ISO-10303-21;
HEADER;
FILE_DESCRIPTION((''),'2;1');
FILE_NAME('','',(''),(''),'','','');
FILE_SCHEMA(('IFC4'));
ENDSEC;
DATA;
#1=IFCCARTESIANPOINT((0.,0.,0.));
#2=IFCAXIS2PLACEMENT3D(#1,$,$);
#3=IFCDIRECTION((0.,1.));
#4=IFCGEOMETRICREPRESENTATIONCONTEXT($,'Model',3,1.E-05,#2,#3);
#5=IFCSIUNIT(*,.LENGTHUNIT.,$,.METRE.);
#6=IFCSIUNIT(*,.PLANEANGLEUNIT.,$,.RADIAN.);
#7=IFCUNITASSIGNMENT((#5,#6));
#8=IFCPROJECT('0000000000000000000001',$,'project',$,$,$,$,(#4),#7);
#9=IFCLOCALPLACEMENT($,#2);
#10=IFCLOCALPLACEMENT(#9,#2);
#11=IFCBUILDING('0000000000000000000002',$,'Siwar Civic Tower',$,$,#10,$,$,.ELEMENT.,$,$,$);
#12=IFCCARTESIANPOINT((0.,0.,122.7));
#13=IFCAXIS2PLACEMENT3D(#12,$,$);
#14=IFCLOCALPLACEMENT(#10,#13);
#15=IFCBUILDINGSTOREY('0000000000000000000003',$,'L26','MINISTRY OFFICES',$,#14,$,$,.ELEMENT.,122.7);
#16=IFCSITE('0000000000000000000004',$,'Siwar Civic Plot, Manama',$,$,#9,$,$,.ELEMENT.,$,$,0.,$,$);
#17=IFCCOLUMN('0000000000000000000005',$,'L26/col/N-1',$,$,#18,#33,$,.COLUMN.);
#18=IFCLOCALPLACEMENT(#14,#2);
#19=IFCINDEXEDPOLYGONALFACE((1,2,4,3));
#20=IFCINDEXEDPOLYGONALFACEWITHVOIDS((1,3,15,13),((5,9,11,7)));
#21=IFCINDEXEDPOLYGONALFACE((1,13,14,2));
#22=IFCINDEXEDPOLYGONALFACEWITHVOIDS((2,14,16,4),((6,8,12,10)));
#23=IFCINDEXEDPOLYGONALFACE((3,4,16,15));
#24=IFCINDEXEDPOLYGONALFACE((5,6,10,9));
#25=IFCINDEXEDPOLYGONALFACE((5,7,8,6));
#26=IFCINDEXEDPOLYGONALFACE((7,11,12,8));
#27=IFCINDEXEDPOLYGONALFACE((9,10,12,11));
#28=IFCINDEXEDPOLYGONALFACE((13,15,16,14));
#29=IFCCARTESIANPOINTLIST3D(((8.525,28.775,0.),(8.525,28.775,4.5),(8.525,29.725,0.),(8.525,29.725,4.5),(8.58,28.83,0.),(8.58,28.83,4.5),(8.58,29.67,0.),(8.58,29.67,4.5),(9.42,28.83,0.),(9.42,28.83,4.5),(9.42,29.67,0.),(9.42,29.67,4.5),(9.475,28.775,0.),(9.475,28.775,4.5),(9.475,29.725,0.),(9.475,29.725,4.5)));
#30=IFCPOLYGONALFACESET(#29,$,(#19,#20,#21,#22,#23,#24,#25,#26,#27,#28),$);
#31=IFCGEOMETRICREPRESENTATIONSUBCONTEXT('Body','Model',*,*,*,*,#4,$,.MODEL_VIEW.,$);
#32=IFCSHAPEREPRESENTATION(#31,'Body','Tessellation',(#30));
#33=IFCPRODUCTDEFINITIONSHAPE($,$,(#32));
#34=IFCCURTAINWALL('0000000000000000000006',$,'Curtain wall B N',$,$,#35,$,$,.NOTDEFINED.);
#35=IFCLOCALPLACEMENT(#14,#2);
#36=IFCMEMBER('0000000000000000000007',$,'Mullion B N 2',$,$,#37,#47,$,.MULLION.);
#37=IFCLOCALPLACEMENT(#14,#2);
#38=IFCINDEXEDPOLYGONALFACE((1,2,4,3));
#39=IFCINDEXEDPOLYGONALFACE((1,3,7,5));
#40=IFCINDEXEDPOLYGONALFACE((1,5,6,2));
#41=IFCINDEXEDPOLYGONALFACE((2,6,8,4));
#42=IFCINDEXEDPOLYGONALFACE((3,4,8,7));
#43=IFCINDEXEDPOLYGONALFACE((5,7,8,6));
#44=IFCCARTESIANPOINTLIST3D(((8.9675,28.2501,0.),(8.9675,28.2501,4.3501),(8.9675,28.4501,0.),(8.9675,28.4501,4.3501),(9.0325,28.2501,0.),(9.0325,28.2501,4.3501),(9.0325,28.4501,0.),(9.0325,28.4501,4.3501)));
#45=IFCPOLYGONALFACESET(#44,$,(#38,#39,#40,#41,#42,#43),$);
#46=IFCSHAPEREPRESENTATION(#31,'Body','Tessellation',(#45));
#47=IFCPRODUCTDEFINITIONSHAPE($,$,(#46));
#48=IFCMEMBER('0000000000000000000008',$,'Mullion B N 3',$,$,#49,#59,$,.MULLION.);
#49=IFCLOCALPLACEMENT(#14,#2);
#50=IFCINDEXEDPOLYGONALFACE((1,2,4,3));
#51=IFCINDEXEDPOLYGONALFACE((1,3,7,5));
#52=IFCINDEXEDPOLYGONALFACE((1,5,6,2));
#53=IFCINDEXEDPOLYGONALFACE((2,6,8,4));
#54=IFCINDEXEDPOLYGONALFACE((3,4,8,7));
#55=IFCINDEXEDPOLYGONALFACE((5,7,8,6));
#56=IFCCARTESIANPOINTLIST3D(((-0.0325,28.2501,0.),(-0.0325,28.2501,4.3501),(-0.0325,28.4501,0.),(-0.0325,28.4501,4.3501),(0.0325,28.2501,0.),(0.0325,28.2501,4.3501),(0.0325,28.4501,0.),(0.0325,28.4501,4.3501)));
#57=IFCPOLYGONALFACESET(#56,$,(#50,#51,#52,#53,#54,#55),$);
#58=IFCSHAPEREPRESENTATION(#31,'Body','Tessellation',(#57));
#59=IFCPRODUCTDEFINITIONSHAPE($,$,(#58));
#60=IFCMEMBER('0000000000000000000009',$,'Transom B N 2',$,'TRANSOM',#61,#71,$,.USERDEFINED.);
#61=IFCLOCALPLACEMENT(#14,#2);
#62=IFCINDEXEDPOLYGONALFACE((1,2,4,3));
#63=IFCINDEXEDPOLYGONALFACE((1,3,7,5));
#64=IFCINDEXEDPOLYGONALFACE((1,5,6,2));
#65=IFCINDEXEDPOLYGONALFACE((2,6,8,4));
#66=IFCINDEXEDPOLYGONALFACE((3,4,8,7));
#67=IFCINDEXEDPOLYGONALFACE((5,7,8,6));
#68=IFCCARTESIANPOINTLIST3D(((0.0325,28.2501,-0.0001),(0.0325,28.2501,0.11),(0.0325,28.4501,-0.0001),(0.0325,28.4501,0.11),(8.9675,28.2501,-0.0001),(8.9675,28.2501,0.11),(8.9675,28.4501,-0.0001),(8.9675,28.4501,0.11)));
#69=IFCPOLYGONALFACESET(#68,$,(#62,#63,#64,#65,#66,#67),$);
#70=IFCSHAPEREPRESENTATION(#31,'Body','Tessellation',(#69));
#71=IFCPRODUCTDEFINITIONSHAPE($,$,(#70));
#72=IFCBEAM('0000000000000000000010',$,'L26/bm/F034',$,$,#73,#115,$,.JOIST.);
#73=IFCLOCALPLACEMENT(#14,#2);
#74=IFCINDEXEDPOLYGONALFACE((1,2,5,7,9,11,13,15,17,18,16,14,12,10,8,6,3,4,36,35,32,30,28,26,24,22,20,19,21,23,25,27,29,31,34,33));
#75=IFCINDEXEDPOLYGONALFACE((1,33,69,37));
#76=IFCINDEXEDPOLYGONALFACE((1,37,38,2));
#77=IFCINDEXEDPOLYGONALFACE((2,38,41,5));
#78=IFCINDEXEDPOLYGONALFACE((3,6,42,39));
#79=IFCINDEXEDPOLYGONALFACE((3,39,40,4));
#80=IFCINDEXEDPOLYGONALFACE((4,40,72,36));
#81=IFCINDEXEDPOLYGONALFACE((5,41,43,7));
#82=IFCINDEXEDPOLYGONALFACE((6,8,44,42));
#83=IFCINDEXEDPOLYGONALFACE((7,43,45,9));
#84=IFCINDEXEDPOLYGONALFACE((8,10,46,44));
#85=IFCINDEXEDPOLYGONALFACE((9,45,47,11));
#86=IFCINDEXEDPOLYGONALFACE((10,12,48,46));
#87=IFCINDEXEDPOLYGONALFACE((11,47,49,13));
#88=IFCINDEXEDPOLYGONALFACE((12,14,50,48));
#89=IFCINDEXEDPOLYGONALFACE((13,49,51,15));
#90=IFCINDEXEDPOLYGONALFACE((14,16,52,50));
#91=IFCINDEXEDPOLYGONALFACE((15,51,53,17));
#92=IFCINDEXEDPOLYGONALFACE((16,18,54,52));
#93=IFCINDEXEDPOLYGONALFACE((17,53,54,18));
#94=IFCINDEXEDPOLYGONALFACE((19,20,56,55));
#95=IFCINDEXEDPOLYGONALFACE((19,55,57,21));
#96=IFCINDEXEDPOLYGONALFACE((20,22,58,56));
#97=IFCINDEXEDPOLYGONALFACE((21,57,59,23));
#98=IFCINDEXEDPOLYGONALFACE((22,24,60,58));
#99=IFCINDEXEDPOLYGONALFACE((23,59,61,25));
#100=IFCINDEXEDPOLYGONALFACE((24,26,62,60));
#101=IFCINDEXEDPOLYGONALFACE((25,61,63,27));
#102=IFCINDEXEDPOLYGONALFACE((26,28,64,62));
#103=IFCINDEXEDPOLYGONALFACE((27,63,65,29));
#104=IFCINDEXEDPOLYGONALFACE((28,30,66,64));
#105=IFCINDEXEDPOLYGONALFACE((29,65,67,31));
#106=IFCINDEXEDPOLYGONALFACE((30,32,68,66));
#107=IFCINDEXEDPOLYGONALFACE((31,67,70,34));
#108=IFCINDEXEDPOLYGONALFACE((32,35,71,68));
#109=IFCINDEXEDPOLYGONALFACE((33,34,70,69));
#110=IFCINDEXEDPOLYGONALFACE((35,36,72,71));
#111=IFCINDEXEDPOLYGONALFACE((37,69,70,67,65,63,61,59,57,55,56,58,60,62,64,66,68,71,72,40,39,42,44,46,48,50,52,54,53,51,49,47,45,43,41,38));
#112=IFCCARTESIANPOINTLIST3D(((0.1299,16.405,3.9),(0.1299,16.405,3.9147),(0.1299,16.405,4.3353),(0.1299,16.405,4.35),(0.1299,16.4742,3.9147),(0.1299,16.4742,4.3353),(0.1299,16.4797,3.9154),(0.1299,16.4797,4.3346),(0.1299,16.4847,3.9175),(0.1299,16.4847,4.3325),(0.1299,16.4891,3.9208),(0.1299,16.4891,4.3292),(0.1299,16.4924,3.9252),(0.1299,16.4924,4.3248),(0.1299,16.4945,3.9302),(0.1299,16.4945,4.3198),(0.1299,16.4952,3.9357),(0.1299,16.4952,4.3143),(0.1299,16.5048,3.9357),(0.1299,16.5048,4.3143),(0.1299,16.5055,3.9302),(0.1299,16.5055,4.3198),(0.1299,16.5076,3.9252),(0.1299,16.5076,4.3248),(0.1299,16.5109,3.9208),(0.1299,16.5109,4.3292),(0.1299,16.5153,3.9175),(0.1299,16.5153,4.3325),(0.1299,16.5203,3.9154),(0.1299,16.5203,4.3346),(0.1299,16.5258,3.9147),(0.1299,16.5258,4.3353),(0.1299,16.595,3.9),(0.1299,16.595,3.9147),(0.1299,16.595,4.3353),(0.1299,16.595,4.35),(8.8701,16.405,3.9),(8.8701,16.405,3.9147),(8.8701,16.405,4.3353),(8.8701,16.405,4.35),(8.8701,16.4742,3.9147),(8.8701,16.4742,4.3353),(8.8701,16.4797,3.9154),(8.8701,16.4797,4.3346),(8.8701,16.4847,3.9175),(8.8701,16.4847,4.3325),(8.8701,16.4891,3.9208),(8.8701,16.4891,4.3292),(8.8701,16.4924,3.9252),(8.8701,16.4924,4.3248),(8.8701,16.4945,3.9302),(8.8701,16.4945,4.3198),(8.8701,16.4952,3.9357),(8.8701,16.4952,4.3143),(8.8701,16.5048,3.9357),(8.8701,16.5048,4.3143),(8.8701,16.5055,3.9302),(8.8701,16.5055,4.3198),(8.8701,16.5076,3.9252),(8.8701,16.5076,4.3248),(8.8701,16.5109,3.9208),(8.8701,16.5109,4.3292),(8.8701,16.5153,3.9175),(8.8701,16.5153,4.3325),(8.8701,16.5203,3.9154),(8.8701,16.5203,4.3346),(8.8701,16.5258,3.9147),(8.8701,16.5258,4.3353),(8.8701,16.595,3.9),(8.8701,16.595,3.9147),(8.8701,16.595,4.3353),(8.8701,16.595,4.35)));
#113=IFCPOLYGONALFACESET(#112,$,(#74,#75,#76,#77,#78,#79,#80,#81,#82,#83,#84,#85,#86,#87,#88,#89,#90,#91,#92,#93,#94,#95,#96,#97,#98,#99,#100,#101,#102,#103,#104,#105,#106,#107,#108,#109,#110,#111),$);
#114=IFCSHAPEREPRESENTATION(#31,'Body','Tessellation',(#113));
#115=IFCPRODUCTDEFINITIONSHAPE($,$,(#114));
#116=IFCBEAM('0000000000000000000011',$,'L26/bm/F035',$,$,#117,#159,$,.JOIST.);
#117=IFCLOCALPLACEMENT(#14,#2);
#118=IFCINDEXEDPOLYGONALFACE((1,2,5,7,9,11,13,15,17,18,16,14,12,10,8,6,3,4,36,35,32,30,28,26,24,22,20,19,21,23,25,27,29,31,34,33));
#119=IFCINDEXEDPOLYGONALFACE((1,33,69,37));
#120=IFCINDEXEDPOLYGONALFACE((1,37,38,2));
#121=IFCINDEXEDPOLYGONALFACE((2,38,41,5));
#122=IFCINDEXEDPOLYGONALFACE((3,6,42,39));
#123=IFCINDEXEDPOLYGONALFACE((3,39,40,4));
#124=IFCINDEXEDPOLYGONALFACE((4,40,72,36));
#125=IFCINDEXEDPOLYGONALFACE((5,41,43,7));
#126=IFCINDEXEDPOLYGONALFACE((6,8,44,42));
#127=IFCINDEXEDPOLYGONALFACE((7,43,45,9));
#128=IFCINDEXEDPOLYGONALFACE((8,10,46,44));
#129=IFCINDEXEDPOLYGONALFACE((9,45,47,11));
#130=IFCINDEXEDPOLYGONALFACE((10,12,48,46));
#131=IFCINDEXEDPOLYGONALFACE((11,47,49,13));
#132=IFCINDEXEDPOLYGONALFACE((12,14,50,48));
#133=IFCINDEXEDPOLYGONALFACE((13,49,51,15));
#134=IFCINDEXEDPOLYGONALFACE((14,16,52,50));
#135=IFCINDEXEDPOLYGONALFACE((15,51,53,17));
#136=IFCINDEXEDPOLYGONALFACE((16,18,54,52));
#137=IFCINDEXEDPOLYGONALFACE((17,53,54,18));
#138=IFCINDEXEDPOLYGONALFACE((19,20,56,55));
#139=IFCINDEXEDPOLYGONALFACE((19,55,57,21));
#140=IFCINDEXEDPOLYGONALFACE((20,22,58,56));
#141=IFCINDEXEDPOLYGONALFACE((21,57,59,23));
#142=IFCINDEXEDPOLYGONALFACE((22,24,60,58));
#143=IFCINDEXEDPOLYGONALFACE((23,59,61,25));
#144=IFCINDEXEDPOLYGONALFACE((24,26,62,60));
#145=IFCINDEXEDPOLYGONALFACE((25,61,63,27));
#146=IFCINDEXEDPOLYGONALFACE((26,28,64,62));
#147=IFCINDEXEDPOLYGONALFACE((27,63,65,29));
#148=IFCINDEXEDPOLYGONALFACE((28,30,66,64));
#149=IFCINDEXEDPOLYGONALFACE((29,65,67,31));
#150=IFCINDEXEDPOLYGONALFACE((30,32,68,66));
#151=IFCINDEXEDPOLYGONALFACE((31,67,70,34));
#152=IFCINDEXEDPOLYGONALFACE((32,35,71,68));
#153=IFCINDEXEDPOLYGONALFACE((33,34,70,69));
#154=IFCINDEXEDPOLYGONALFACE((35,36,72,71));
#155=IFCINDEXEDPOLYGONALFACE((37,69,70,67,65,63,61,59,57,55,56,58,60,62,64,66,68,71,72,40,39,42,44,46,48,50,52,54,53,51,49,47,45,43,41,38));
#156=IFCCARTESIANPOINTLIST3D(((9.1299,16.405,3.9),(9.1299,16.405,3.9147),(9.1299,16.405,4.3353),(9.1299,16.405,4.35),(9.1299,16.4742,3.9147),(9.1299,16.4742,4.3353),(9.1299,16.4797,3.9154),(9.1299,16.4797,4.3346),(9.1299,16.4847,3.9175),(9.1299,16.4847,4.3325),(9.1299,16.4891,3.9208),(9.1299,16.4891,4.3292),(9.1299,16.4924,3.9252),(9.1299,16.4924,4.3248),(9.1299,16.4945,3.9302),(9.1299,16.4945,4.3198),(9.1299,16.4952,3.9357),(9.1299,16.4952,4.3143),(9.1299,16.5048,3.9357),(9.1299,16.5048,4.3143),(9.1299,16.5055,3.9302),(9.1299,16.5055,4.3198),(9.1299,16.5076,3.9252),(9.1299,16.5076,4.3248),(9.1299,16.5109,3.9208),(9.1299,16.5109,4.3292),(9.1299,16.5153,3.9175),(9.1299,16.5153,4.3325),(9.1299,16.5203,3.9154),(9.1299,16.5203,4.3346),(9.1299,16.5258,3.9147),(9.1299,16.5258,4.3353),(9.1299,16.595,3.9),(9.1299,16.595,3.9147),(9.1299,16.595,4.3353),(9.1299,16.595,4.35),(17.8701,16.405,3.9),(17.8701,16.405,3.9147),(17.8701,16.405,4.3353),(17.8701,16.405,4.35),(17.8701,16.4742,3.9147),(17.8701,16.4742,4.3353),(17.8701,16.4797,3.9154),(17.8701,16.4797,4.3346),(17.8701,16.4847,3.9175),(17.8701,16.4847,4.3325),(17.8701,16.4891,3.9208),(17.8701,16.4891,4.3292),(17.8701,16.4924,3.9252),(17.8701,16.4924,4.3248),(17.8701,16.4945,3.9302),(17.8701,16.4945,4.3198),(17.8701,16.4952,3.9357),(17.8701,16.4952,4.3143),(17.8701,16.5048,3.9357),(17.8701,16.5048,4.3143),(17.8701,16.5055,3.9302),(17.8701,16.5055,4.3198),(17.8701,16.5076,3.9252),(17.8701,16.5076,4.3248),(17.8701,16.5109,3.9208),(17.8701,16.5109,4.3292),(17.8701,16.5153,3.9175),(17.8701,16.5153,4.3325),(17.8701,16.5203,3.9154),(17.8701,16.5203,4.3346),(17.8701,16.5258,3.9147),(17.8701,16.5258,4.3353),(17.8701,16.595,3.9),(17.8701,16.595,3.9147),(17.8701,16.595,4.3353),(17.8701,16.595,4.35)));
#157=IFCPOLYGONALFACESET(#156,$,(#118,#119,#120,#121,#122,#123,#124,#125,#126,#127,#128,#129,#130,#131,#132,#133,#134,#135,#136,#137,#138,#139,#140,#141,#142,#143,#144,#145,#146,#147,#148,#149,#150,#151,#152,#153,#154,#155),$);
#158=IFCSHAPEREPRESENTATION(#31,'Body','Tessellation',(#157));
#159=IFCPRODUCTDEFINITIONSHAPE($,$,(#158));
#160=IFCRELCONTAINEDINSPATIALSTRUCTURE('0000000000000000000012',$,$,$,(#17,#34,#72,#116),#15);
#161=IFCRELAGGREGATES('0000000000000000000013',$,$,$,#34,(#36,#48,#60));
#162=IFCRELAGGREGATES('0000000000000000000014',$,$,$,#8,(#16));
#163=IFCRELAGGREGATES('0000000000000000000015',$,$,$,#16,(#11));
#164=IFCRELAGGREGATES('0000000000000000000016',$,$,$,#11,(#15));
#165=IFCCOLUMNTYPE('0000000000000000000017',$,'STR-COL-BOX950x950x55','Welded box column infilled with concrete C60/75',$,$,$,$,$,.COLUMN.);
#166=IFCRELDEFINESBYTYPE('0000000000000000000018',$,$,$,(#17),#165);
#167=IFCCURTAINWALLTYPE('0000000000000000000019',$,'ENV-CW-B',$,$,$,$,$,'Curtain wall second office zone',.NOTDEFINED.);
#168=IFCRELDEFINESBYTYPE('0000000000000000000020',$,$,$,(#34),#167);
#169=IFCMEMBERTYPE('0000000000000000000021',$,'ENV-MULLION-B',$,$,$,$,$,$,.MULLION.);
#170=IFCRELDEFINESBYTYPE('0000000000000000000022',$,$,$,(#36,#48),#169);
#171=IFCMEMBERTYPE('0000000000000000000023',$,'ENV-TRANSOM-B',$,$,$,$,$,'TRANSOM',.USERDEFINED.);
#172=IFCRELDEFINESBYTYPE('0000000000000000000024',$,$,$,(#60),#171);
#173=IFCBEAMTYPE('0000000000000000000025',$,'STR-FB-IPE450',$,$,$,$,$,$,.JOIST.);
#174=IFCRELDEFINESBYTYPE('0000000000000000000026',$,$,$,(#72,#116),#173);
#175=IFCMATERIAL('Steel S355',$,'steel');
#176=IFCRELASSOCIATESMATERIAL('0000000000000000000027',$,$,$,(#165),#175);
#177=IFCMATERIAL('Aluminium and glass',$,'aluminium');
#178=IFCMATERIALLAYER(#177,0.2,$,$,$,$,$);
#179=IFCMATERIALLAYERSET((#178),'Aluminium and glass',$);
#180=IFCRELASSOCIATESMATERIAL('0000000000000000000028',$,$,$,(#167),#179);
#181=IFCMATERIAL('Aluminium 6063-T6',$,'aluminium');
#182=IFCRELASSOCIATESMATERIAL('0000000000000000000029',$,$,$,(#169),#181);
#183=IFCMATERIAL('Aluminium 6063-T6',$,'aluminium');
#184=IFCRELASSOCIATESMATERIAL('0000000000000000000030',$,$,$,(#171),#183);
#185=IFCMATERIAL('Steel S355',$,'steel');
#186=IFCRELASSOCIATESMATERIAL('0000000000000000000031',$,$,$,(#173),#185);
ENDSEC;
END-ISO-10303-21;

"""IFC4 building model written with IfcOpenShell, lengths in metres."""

from ifc_helpers import new_model, si_unit, direction, frame, origin, origin_2d, place, context, subcontext, project, spatial, rectangle, hollow_rectangle, i_section, extrude, material, layer, layer_set, material_profile, profile_set, type_object, element, aggregate, save


model = new_model("IFC4")

# Units and contexts
model_context = context("Model", 3, precision=1e-05, world=origin(), true_north=direction((0.0, 1.0)))
body_context = subcontext(model_context, "Body", "Model", "MODEL_VIEW")
ifc_project = project(units=[si_unit("LENGTHUNIT", "METRE"), si_unit("PLANEANGLEUNIT", "RADIAN")], contexts=[model_context])

# Site, building, storey
site_placement = place(None, origin())
site = spatial("IfcSite", under=ifc_project, at=site_placement, Name="Siwar Civic Plot, Manama", CompositionType="ELEMENT", RefElevation=0.0)
building_placement = place(site_placement, origin())
building = spatial("IfcBuilding", under=site, at=building_placement, Name="Siwar Civic Tower", CompositionType="ELEMENT")
storey_placement = place(building_placement, frame((0.0, 0.0, 122.7)))
storey = spatial("IfcBuildingStorey", under=building, at=storey_placement, Name="L26", Description="MINISTRY OFFICES", CompositionType="ELEMENT", Elevation=122.7)

# Column
ifc_material_1 = material(Name="Steel S355", Category="steel")
ifc_material_profile_1 = material_profile(ifc_material_1, hollow_rectangle(XDim=0.95, YDim=0.95, WallThickness=0.0549, at=origin_2d()), Name="BOX950x950x55")
ifc_profile_set_1 = profile_set([ifc_material_profile_1], Name="Steel S355")
column_type = type_object("IfcColumnType", Name="STR-COL-BOX950x950x55", Description="Welded box column infilled with concrete C60/75", PredefinedType="COLUMN", material=ifc_profile_set_1)
column_placement = place(storey_placement, frame((9.0, 29.25, 0.0), z_axis=(0.0, 0.0, 1.0), x_axis=(1.0, 0.0, 0.0)))
element("IfcColumn", 1, at=column_placement, inside=storey, type_object=column_type, Name="L26/col/N-1", PredefinedType="COLUMN", context=body_context, shape_type="SweptSolid", body=[
    extrude(hollow_rectangle(XDim=0.95, YDim=0.95, WallThickness=0.0549, at=origin_2d()), origin(), (0.0, 0.0, 1.0), 4.5),
])

# Curtain wall, members
ifc_material_2 = material(Name="Aluminium and glass", Category="aluminium")
ifc_layer_1 = layer(ifc_material_2, 0.2)
ifc_layer_set_1 = layer_set([ifc_layer_1], Name="Aluminium and glass")
curtain_wall_type = type_object("IfcCurtainWallType", Name="ENV-CW-B", ElementType="Curtain wall second office zone", PredefinedType="NOTDEFINED", material=ifc_layer_set_1)
curtain_wall_placement = place(storey_placement, origin())
curtain_wall = element("IfcCurtainWall", 2, at=curtain_wall_placement, inside=storey, type_object=curtain_wall_type, Name="Curtain wall B N", PredefinedType="NOTDEFINED")
ifc_material_3 = material(Name="Aluminium 6063-T6", Category="aluminium")
ifc_material_profile_2 = material_profile(ifc_material_3, rectangle(XDim=0.2, YDim=0.0649, at=origin_2d()), Name="AL 200x65")
ifc_profile_set_2 = profile_set([ifc_material_profile_2], Name="Aluminium 6063-T6")
member_type_1 = type_object("IfcMemberType", Name="ENV-MULLION-B", PredefinedType="MULLION", material=ifc_profile_set_2)
member_1_placement = place(storey_placement, frame((9.0, 28.3501, 0.0), z_axis=(0.0, 0.0, 1.0), x_axis=(0.0, -1.0, 0.0)))
member_1 = element("IfcMember", 3, at=member_1_placement, type_object=member_type_1, Name="Mullion B N 2", PredefinedType="MULLION", context=body_context, shape_type="SweptSolid", body=[
    extrude(rectangle(XDim=0.2, YDim=0.0649, at=origin_2d()), origin(), (0.0, 0.0, 1.0), 4.3501),
])
member_2_placement = place(storey_placement, frame((0.0, 28.3501, 0.0), z_axis=(0.0, 0.0, 1.0), x_axis=(0.0, -1.0, 0.0)))
member_2 = element("IfcMember", 4, at=member_2_placement, type_object=member_type_1, Name="Mullion B N 3", PredefinedType="MULLION", context=body_context, shape_type="SweptSolid", body=[
    extrude(rectangle(XDim=0.2, YDim=0.0649, at=origin_2d()), origin(), (0.0, 0.0, 1.0), 4.3501),
])
ifc_material_4 = material(Name="Aluminium 6063-T6", Category="aluminium")
ifc_material_profile_3 = material_profile(ifc_material_4, rectangle(XDim=0.2, YDim=0.1101, at=origin_2d()), Name="AL 200x110")
ifc_profile_set_3 = profile_set([ifc_material_profile_3], Name="Aluminium 6063-T6")
member_type_2 = type_object("IfcMemberType", Name="ENV-TRANSOM-B", ElementType="TRANSOM", PredefinedType="USERDEFINED", material=ifc_profile_set_3)
member_3_placement = place(storey_placement, frame((8.9675, 28.3501, 0.0549), z_axis=(-1.0, 0.0, 0.0), x_axis=(0.0, -1.0, 0.0)))
member_3 = element("IfcMember", 5, at=member_3_placement, type_object=member_type_2, Name="Transom B N 2", ObjectType="TRANSOM", PredefinedType="USERDEFINED", context=body_context, shape_type="SweptSolid", body=[
    extrude(rectangle(XDim=0.2, YDim=0.1101, at=origin_2d()), origin(), (0.0, 0.0, 1.0), 8.9351),
])

# Beams
ifc_material_5 = material(Name="Steel S355", Category="steel")
ifc_material_profile_4 = material_profile(ifc_material_5, i_section(OverallWidth=0.1899, OverallDepth=0.45, WebThickness=0.0095, FlangeThickness=0.0146, FilletRadius=0.021, at=origin_2d()), Name="IPE450")
ifc_profile_set_4 = profile_set([ifc_material_profile_4], Name="Steel S355")
beam_type_1 = type_object("IfcBeamType", Name="STR-FB-IPE450", PredefinedType="JOIST", material=ifc_profile_set_4)
for number, where, z_axis, x_axis, name in (
    (6, (0.1299, 16.5, 4.125), (1.0, 0.0, 0.0), (0.0, 1.0, 0.0), "L26/bm/F034"),
    (7, (9.1299, 16.5, 4.125), (1.0, 0.0, 0.0), (0.0, 1.0, 0.0), "L26/bm/F035"),
):
    element("IfcBeam", number, at=place(storey_placement, frame(where, z_axis=z_axis, x_axis=x_axis)), inside=storey, type_object=beam_type_1, Name=name, PredefinedType="JOIST", context=body_context, shape_type="SweptSolid", body=[
        extrude(i_section(OverallWidth=0.1899, OverallDepth=0.45, WebThickness=0.0095, FlangeThickness=0.0146, FilletRadius=0.021, at=origin_2d()), origin(), (0.0, 0.0, 1.0), 8.7402),
    ])

aggregate(curtain_wall, [member_1, member_2, member_3])

save(model, "model.ifc")
